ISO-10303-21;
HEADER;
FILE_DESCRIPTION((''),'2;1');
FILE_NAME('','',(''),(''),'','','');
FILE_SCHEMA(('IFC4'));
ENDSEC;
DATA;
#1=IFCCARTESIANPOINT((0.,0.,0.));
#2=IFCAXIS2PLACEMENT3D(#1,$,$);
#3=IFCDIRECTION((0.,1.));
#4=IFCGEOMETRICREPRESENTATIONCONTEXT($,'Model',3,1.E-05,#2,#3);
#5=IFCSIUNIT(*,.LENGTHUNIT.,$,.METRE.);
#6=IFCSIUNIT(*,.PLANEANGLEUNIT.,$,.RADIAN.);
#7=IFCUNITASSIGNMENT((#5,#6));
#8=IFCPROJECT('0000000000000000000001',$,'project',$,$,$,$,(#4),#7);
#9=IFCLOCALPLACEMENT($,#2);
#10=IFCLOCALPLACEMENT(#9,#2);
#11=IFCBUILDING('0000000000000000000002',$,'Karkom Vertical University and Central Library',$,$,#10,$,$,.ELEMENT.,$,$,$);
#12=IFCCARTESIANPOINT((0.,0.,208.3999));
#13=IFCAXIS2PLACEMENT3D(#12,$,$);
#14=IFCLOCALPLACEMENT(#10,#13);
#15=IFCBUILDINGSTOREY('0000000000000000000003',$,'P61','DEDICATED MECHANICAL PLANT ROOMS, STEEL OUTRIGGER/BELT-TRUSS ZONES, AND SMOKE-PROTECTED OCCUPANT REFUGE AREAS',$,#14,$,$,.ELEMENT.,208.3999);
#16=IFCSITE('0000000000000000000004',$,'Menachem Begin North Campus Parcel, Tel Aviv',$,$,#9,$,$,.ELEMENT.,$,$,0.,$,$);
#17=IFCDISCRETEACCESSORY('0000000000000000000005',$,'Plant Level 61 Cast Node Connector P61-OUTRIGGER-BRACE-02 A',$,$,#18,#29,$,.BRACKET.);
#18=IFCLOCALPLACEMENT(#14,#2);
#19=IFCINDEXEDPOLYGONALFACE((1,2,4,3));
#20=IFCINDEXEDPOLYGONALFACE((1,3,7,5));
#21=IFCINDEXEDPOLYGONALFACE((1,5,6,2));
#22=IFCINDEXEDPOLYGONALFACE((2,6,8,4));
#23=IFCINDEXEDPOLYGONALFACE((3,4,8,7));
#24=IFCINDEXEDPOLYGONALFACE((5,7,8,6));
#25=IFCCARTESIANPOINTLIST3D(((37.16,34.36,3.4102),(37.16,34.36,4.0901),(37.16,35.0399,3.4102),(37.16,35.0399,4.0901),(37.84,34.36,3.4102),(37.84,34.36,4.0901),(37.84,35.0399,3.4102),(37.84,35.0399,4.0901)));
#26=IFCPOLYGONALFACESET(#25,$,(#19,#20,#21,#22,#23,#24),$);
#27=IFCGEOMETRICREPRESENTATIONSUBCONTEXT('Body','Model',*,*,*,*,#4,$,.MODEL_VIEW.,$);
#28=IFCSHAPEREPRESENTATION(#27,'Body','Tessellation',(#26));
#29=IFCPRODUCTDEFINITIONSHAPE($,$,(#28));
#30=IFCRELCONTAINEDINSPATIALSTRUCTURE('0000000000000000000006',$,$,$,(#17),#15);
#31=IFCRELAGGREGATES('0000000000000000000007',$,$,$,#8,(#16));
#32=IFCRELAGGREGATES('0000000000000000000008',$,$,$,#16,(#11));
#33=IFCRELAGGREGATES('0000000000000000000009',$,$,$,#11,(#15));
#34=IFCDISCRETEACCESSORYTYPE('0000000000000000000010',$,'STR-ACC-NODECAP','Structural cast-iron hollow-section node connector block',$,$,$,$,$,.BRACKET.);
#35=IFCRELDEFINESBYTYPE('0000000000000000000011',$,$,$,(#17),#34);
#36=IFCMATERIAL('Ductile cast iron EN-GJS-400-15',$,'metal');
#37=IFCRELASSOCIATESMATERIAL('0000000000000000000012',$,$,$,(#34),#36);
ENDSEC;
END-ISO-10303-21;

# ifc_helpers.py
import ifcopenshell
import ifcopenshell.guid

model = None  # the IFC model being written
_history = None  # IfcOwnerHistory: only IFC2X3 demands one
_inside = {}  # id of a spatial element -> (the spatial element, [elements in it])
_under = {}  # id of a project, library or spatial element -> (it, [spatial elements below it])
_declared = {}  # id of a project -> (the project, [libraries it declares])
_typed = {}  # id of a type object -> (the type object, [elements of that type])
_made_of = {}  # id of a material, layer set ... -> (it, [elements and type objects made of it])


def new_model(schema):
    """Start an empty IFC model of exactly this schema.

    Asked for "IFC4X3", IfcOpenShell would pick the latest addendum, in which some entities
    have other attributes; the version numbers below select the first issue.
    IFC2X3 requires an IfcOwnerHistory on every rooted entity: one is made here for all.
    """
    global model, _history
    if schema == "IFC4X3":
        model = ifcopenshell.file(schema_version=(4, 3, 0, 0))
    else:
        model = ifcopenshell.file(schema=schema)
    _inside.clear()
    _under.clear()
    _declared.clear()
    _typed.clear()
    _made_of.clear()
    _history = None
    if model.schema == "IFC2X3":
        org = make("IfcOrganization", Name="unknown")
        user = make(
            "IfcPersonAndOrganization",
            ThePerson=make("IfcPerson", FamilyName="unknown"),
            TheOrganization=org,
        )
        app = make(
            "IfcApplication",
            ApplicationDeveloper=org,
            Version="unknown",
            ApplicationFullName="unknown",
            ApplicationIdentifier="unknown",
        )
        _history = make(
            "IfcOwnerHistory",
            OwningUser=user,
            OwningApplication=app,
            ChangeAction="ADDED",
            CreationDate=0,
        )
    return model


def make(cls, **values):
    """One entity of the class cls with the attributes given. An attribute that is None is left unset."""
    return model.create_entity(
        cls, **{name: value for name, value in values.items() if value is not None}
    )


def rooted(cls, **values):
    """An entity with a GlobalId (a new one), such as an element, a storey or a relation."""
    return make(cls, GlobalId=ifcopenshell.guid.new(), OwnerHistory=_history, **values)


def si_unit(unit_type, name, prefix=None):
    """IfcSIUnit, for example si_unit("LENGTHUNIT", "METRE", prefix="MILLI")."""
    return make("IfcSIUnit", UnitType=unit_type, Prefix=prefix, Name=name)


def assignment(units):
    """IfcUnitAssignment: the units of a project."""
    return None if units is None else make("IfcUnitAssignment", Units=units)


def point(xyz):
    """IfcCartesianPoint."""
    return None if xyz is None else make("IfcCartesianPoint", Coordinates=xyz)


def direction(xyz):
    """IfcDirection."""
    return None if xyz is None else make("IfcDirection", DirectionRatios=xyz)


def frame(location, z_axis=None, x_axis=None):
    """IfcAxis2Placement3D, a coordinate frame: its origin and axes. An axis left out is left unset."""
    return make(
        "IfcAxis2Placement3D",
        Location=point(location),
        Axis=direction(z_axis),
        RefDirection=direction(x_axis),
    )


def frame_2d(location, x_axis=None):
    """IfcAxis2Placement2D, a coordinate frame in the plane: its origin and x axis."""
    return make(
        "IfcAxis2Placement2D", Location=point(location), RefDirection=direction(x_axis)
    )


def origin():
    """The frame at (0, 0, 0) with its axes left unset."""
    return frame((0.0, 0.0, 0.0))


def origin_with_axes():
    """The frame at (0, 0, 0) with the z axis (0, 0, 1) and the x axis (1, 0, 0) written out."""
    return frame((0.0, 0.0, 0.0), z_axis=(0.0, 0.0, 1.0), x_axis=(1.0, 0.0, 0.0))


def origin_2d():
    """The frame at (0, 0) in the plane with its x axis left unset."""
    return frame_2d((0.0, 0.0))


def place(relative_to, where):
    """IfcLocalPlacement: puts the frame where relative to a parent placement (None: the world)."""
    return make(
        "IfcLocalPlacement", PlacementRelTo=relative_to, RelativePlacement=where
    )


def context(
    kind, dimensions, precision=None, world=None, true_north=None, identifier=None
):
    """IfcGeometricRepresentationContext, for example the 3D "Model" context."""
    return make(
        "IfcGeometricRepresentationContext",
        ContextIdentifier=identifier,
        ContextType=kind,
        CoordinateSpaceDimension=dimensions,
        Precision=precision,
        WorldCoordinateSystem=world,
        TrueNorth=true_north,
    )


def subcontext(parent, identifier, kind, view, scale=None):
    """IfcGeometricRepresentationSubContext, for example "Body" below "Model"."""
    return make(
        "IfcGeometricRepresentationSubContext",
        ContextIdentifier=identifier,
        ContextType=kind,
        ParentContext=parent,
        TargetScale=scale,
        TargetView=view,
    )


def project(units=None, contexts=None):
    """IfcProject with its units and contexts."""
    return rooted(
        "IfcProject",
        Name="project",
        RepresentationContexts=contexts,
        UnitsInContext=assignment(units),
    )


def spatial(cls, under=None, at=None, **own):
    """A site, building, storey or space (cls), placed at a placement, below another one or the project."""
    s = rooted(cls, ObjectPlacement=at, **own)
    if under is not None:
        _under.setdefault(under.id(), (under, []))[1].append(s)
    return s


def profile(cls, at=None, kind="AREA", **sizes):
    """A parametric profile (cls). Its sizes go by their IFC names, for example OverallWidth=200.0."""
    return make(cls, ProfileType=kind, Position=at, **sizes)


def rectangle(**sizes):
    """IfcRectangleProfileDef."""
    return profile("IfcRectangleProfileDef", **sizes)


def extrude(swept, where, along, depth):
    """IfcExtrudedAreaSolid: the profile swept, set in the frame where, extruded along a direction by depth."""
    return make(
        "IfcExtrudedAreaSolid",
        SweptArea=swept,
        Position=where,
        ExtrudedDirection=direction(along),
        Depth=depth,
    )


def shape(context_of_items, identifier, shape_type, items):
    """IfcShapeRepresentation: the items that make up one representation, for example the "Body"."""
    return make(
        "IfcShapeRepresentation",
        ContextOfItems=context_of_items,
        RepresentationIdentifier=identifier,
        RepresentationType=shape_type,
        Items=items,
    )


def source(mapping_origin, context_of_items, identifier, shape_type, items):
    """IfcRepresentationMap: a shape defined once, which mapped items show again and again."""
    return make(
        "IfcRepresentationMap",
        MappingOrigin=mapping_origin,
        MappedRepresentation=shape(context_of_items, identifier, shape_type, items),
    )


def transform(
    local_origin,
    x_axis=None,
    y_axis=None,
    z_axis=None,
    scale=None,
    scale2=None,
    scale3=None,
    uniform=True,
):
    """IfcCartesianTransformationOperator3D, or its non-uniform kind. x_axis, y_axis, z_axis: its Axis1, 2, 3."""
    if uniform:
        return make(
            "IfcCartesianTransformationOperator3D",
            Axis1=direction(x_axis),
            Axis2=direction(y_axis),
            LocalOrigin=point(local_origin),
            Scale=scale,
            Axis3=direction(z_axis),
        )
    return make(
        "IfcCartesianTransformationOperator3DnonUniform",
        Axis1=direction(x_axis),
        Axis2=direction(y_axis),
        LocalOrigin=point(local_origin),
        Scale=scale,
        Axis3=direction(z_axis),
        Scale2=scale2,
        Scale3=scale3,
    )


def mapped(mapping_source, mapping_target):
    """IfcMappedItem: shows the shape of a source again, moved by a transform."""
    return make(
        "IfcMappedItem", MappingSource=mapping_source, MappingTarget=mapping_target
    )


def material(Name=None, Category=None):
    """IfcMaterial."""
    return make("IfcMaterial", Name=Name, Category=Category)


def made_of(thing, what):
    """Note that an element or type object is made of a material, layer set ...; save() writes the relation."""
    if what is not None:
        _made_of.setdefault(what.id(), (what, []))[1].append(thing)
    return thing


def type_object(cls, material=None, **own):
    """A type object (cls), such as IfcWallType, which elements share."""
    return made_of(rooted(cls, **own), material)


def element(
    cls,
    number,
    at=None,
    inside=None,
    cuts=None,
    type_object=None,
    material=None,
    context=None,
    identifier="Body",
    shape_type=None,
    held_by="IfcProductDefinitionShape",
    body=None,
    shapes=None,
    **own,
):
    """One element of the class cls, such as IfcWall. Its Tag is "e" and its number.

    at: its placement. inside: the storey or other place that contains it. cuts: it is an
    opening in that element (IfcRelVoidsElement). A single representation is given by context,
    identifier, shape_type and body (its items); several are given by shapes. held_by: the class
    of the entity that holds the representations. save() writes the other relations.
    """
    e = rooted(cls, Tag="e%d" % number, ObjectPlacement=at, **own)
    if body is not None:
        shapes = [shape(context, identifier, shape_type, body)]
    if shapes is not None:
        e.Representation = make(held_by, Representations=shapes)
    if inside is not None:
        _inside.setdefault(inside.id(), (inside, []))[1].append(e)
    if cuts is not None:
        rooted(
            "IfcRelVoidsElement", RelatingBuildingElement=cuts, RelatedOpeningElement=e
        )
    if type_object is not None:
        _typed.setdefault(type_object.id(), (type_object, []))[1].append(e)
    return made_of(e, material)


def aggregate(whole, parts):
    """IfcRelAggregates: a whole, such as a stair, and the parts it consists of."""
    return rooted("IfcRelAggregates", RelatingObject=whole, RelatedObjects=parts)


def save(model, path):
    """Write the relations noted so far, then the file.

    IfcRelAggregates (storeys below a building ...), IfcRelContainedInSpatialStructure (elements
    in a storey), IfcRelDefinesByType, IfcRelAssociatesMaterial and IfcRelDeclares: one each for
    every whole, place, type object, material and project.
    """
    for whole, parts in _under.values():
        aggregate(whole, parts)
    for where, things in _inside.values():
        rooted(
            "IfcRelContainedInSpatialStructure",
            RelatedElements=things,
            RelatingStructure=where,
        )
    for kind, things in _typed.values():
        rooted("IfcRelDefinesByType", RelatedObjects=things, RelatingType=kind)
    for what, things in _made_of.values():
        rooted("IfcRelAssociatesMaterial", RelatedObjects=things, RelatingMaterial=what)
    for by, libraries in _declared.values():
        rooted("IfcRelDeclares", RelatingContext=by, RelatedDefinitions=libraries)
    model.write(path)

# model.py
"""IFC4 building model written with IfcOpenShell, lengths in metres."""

from ifc_helpers import new_model, si_unit, direction, frame, origin, origin_with_axes, origin_2d, place, context, subcontext, project, spatial, rectangle, extrude, source, transform, mapped, material, type_object, element, save


model = new_model("IFC4")

# Units and contexts
model_context = context("Model", 3, precision=1e-05, world=origin(), true_north=direction((0.0, 1.0)))
body_context = subcontext(model_context, "Body", "Model", "MODEL_VIEW")
ifc_project = project(units=[si_unit("LENGTHUNIT", "METRE"), si_unit("PLANEANGLEUNIT", "RADIAN")], contexts=[model_context])

# Site, building, storey
site_placement = place(None, origin())
site = spatial("IfcSite", under=ifc_project, at=site_placement, Name="Menachem Begin North Campus Parcel, Tel Aviv", CompositionType="ELEMENT", RefElevation=0.0)
building_placement = place(site_placement, origin())
building = spatial("IfcBuilding", under=site, at=building_placement, Name="Karkom Vertical University and Central Library", CompositionType="ELEMENT")
storey_placement = place(building_placement, frame((0.0, 0.0, 208.3999)))
storey = spatial("IfcBuildingStorey", under=building, at=storey_placement, Name="P61", Description="DEDICATED MECHANICAL PLANT ROOMS, STEEL OUTRIGGER/BELT-TRUSS ZONES, AND SMOKE-PROTECTED OCCUPANT REFUGE AREAS", CompositionType="ELEMENT", Elevation=208.3999)

# Discrete accessory
ifc_material_1 = material(Name="Ductile cast iron EN-GJS-400-15", Category="metal")
discrete_accessory_type = type_object("IfcDiscreteAccessoryType", Name="STR-ACC-NODECAP", Description="Structural cast-iron hollow-section node connector block", PredefinedType="BRACKET", material=ifc_material_1)
shared_shape_1 = source(origin_with_axes(), body_context, "Body", "SweptSolid", [
    extrude(rectangle(XDim=0.6799, YDim=0.6799, at=origin_2d()), origin(), (0.0, 0.0, 1.0), 0.6799),
])
discrete_accessory_placement = place(storey_placement, frame((37.5, 34.7, 3.4102), z_axis=(0.0, 0.0, 1.0), x_axis=(1.0, 0.0, 0.0)))
element("IfcDiscreteAccessory", 1, at=discrete_accessory_placement, inside=storey, type_object=discrete_accessory_type, Name="Plant Level 61 Cast Node Connector P61-OUTRIGGER-BRACE-02 A", PredefinedType="BRACKET", context=body_context, shape_type="MappedRepresentation", body=[
    mapped(shared_shape_1, transform((0.0, 0.0, 0.0), scale=1.0)),
])

save(model, "model.ifc")
